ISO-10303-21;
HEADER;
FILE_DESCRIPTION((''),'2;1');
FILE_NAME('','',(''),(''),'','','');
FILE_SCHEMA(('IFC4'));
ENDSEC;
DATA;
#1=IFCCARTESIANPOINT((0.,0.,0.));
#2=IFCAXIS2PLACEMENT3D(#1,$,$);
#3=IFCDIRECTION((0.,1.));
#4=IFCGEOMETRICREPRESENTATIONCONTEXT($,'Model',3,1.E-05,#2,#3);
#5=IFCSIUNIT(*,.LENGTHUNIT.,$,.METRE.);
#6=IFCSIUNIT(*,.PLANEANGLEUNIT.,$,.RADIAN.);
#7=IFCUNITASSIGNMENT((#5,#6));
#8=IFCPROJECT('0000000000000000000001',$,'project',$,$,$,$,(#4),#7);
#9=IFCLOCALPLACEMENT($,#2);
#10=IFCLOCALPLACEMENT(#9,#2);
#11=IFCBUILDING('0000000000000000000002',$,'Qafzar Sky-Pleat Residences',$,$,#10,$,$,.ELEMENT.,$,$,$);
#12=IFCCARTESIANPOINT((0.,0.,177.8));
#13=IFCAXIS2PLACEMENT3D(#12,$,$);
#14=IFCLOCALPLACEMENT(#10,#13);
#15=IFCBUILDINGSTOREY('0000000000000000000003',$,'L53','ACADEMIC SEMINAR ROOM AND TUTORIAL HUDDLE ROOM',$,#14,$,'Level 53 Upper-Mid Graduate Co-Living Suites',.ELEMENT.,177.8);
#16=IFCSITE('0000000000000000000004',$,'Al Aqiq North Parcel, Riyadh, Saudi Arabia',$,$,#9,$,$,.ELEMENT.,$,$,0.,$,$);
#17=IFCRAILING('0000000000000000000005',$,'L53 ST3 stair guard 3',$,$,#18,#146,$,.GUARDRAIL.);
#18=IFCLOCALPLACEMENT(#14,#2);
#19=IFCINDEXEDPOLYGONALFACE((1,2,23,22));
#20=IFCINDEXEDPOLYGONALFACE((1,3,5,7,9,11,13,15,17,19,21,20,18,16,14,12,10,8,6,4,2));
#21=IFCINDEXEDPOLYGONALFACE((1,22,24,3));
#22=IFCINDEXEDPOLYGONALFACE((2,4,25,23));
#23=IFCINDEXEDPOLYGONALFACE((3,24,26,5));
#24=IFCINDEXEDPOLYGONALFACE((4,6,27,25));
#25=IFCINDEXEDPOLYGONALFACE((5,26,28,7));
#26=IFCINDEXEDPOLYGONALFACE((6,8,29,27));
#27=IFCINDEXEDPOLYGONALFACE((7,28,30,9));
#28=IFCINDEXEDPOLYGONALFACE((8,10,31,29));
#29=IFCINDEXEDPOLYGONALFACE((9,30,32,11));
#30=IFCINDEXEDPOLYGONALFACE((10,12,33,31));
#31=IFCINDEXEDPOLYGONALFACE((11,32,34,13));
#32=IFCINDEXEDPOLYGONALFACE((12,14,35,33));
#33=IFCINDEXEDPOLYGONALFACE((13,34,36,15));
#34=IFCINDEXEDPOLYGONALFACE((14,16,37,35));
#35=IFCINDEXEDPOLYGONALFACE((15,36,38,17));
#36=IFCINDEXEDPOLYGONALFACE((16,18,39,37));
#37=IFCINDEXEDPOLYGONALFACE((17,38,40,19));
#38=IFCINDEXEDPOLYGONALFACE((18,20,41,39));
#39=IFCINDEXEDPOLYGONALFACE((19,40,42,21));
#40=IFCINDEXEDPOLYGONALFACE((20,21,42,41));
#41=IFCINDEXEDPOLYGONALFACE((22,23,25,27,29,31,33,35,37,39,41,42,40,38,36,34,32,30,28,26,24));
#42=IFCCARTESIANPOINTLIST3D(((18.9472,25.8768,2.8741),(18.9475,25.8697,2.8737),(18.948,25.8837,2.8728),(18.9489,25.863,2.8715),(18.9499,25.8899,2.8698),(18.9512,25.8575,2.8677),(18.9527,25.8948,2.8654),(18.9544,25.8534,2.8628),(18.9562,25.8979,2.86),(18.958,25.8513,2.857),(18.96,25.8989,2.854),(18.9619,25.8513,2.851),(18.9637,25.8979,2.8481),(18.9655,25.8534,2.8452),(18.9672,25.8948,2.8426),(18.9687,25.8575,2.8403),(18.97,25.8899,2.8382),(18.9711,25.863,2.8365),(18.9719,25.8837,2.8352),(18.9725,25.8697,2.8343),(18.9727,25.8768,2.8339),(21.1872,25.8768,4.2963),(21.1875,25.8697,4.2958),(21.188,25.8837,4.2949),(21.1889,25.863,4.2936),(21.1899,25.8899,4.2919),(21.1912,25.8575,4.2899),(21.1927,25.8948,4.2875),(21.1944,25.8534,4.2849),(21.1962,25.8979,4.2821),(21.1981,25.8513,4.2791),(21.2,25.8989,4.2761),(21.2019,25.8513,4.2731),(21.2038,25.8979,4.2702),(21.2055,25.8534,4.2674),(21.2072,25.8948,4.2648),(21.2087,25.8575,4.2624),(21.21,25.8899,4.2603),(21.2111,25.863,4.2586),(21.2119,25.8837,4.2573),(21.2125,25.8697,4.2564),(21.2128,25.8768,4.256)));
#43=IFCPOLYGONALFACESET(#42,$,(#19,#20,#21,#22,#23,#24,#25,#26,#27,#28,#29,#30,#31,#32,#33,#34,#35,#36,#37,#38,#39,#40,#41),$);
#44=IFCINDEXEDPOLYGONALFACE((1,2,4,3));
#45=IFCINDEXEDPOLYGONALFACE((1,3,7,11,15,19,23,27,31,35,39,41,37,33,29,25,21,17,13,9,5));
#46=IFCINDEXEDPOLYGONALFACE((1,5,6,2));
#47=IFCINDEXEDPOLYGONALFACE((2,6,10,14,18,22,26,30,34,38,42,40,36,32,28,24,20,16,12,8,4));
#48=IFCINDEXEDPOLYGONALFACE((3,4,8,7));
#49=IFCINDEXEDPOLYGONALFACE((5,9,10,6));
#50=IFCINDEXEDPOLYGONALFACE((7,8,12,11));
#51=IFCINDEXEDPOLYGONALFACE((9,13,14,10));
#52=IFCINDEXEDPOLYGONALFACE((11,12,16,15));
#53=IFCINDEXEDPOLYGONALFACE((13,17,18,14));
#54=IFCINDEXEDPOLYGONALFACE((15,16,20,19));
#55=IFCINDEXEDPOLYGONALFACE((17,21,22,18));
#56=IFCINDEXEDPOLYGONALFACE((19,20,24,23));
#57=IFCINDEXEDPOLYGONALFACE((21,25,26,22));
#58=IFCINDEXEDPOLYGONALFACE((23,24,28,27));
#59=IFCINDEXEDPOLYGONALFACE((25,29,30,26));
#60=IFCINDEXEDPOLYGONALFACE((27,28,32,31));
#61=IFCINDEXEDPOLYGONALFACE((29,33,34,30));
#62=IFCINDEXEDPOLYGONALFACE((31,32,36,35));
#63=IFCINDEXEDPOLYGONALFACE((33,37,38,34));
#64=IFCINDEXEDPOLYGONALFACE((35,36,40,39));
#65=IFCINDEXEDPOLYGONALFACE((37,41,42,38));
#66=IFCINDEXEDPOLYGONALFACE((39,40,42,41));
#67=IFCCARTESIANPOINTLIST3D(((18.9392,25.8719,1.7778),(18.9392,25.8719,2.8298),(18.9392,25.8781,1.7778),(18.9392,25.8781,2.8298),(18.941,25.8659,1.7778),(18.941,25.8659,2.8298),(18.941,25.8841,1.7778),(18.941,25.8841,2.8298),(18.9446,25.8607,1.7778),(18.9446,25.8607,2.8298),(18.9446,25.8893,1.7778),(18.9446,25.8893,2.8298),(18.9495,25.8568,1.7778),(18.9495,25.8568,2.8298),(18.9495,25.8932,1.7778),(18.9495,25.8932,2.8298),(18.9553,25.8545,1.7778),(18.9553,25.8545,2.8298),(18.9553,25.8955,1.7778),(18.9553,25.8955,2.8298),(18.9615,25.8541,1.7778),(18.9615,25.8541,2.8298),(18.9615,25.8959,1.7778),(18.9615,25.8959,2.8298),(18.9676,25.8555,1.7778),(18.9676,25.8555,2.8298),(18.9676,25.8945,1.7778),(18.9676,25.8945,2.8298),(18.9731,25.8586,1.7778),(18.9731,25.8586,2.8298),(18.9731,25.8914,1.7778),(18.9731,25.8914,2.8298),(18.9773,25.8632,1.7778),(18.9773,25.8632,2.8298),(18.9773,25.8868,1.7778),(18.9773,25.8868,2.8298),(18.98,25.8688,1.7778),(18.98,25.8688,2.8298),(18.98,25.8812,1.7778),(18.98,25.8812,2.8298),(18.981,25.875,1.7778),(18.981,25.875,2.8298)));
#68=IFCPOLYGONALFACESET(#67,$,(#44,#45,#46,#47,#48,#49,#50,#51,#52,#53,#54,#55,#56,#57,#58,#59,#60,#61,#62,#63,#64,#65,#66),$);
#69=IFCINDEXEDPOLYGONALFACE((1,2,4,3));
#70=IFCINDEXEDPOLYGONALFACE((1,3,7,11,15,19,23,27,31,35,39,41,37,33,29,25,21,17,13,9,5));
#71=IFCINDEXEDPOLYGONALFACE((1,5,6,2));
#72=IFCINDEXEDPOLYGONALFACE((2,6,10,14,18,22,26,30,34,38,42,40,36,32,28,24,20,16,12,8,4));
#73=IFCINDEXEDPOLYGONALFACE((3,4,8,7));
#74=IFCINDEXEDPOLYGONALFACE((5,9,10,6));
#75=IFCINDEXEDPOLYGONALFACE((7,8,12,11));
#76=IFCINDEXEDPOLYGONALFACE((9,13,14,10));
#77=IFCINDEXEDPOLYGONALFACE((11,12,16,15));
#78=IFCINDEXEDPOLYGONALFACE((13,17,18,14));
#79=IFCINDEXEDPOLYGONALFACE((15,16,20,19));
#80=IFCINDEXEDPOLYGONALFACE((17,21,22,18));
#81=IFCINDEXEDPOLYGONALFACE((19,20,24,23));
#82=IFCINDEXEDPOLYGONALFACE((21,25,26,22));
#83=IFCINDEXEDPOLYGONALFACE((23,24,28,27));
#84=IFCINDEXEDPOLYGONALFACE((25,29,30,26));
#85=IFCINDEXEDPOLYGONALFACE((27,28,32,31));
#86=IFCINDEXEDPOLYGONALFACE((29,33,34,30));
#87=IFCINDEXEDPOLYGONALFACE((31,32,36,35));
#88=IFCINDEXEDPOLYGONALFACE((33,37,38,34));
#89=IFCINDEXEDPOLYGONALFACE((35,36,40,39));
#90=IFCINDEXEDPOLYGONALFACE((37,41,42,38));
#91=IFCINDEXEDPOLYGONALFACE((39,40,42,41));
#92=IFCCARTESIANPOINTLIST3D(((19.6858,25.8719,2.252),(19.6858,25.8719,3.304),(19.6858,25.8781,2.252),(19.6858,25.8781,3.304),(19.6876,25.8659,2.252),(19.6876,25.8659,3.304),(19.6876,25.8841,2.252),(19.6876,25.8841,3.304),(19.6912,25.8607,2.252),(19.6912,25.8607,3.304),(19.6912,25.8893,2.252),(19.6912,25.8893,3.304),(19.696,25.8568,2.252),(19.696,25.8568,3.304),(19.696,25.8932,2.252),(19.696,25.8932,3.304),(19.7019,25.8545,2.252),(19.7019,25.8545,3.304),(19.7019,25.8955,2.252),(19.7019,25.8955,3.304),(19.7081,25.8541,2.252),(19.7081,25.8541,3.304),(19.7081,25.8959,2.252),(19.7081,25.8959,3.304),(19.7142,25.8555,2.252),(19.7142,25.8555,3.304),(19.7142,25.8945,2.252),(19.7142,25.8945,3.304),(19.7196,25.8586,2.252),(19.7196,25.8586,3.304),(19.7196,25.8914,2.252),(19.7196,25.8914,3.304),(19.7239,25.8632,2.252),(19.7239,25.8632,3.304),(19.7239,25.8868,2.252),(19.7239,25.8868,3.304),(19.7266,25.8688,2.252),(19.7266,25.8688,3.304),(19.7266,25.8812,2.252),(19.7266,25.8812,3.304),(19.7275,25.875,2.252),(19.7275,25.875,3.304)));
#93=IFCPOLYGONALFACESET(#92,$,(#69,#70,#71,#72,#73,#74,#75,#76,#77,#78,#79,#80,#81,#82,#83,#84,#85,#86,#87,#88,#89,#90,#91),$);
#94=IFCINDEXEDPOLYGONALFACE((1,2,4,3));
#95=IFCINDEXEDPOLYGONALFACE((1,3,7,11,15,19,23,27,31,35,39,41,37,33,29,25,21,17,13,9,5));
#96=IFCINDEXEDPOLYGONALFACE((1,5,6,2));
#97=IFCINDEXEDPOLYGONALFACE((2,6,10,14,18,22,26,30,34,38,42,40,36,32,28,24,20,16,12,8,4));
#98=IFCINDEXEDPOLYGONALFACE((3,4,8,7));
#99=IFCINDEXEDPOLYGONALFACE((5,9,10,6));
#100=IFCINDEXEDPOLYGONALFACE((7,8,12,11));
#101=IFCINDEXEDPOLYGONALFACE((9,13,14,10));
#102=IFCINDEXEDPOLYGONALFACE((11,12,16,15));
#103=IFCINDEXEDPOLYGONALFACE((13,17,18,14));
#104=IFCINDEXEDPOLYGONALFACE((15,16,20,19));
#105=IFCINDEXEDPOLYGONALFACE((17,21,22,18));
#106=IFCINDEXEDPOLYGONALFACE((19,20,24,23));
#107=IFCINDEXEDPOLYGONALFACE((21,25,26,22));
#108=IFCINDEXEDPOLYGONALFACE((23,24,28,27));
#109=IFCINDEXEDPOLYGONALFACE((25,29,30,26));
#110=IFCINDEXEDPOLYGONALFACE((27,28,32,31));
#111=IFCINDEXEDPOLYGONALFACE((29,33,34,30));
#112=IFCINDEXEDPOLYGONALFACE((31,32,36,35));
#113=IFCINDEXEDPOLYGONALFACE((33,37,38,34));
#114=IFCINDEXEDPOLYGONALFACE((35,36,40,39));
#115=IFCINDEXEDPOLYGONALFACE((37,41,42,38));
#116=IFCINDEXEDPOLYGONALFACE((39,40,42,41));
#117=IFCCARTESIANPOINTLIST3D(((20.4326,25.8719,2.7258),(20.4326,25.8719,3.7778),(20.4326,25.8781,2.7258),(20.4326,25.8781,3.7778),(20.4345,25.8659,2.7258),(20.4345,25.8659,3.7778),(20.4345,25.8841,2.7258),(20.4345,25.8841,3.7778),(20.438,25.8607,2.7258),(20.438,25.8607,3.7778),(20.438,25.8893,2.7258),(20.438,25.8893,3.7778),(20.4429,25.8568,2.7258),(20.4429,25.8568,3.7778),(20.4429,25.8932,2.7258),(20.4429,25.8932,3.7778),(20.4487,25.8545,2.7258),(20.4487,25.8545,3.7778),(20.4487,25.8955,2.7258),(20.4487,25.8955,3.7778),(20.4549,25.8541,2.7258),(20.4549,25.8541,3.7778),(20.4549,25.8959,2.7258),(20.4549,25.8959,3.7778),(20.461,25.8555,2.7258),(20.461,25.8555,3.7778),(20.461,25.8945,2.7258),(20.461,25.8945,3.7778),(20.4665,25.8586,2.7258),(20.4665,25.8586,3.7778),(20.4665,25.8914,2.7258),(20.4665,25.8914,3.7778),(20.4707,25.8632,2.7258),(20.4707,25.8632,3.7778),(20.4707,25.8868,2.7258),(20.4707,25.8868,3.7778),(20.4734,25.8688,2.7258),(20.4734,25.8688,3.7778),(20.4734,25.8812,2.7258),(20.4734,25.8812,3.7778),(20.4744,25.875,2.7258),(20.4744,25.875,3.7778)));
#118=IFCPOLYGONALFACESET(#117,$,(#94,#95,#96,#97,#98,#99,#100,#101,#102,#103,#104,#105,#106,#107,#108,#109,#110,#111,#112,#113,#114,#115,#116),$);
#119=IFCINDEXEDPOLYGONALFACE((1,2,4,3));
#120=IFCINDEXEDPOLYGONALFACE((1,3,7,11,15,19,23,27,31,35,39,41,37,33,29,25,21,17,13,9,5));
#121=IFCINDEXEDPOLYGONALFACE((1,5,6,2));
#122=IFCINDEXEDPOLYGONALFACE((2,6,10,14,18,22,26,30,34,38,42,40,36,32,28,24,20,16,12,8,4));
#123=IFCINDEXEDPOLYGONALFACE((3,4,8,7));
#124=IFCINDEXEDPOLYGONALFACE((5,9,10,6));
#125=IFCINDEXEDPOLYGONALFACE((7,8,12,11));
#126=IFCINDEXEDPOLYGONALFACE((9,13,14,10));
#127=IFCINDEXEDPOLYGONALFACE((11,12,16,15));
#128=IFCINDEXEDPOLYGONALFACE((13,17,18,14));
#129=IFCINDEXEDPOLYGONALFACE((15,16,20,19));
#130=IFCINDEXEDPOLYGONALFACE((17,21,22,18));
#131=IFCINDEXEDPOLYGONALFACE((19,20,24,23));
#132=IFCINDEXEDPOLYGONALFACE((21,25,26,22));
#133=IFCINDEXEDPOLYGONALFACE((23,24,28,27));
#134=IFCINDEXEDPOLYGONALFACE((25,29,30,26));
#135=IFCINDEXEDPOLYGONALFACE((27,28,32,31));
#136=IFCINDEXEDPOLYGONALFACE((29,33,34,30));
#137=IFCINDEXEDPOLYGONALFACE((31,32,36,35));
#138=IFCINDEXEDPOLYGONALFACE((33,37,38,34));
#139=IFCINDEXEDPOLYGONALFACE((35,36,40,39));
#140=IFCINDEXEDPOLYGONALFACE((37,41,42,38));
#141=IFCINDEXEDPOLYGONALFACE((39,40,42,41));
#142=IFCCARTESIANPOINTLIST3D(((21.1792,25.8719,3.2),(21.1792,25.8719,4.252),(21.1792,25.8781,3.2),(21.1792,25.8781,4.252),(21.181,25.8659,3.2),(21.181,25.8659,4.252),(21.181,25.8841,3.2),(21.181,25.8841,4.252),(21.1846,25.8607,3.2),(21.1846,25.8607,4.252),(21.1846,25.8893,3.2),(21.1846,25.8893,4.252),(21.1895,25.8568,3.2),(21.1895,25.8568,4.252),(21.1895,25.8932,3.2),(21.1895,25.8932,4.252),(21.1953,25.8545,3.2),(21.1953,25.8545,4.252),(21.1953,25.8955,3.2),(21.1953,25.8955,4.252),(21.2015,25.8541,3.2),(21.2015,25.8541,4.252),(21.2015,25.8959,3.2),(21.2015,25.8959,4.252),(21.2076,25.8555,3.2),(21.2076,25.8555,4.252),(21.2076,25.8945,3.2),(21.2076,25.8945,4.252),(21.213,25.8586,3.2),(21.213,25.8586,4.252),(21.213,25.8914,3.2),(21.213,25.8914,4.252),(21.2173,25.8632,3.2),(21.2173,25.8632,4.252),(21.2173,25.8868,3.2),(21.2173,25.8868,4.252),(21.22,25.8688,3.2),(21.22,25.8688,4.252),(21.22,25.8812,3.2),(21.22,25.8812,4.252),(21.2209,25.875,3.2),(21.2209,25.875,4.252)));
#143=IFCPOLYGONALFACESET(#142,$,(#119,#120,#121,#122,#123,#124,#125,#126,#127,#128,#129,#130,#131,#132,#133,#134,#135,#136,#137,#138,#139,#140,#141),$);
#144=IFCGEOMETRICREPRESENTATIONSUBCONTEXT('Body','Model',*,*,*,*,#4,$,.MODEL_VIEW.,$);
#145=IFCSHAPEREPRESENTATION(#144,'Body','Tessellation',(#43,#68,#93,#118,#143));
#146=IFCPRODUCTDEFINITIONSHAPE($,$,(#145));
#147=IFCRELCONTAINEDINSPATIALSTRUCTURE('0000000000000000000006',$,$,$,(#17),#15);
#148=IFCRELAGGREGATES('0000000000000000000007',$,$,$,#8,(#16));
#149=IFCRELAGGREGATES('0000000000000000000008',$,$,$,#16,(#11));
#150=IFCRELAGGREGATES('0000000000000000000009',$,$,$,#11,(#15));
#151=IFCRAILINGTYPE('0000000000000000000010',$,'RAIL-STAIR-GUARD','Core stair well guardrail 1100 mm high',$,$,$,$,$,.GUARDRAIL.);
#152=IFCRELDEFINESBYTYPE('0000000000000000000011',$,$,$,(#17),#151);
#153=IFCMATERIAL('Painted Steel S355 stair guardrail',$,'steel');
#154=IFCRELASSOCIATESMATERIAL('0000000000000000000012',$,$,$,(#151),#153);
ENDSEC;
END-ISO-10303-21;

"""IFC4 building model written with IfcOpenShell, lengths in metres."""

from ifc_helpers import new_model, si_unit, direction, frame, origin, origin_2d, place, context, subcontext, project, spatial, circle, extrude, source, transform, mapped, material, type_object, element, save


model = new_model("IFC4")

# Units and contexts
model_context = context("Model", 3, precision=1e-05, world=origin(), true_north=direction((0.0, 1.0)))
body_context = subcontext(model_context, "Body", "Model", "MODEL_VIEW")
ifc_project = project(units=[si_unit("LENGTHUNIT", "METRE"), si_unit("PLANEANGLEUNIT", "RADIAN")], contexts=[model_context])

# Site, building, storey
site_placement = place(None, origin())
site = spatial("IfcSite", under=ifc_project, at=site_placement, Name="Al Aqiq North Parcel, Riyadh, Saudi Arabia", CompositionType="ELEMENT", RefElevation=0.0)
building_placement = place(site_placement, origin())
building = spatial("IfcBuilding", under=site, at=building_placement, Name="Qafzar Sky-Pleat Residences", CompositionType="ELEMENT")
storey_placement = place(building_placement, frame((0.0, 0.0, 177.8)))
storey = spatial("IfcBuildingStorey", under=building, at=storey_placement, Name="L53", Description="ACADEMIC SEMINAR ROOM AND TUTORIAL HUDDLE ROOM", LongName="Level 53 Upper-Mid Graduate Co-Living Suites", CompositionType="ELEMENT", Elevation=177.8)

# Railing
ifc_material_1 = material(Name="Painted Steel S355 stair guardrail", Category="steel")
railing_type_1 = type_object("IfcRailingType", Name="RAIL-STAIR-GUARD", Description="Core stair well guardrail 1100 mm high", PredefinedType="GUARDRAIL", material=ifc_material_1)
shared_shape_1 = source(origin(), body_context, "Body", "SweptSolid", [
    extrude(circle(Radius=0.0239, at=origin_2d()), frame((0.0, 0.0, 1.0762), z_axis=(0.844229, 0.0, 0.535982), x_axis=(0.0, 1.0, 0.0)), (0.0, 0.0, 1.0), 2.6533),
    extrude(circle(Radius=0.021, at=origin_2d()), origin(), (0.0, 0.0, 1.0), 1.052),
    extrude(circle(Radius=0.021, at=origin_2d()), frame((0.7466, 0.0, 0.4741)), (0.0, 0.0, 1.0), 1.052),
    extrude(circle(Radius=0.021, at=origin_2d()), frame((1.4934, 0.0, 0.948)), (0.0, 0.0, 1.0), 1.052),
    extrude(circle(Radius=0.021, at=origin_2d()), frame((2.24, 0.0, 1.4221)), (0.0, 0.0, 1.0), 1.052),
])
railing_1_placement = place(storey_placement, frame((18.96, 25.875, 1.7778)))
element("IfcRailing", 1, at=railing_1_placement, inside=storey, type_object=railing_type_1, Name="L53 ST3 stair guard 3", PredefinedType="GUARDRAIL", context=body_context, shape_type="MappedRepresentation", body=[
    mapped(shared_shape_1, transform((0.0, 0.0, 0.0), x_axis=(1.0, 0.0, 0.0), y_axis=(0.0, 1.0, 0.0), z_axis=(0.0, 0.0, 1.0), scale=1.0)),
])

save(model, "model.ifc")
